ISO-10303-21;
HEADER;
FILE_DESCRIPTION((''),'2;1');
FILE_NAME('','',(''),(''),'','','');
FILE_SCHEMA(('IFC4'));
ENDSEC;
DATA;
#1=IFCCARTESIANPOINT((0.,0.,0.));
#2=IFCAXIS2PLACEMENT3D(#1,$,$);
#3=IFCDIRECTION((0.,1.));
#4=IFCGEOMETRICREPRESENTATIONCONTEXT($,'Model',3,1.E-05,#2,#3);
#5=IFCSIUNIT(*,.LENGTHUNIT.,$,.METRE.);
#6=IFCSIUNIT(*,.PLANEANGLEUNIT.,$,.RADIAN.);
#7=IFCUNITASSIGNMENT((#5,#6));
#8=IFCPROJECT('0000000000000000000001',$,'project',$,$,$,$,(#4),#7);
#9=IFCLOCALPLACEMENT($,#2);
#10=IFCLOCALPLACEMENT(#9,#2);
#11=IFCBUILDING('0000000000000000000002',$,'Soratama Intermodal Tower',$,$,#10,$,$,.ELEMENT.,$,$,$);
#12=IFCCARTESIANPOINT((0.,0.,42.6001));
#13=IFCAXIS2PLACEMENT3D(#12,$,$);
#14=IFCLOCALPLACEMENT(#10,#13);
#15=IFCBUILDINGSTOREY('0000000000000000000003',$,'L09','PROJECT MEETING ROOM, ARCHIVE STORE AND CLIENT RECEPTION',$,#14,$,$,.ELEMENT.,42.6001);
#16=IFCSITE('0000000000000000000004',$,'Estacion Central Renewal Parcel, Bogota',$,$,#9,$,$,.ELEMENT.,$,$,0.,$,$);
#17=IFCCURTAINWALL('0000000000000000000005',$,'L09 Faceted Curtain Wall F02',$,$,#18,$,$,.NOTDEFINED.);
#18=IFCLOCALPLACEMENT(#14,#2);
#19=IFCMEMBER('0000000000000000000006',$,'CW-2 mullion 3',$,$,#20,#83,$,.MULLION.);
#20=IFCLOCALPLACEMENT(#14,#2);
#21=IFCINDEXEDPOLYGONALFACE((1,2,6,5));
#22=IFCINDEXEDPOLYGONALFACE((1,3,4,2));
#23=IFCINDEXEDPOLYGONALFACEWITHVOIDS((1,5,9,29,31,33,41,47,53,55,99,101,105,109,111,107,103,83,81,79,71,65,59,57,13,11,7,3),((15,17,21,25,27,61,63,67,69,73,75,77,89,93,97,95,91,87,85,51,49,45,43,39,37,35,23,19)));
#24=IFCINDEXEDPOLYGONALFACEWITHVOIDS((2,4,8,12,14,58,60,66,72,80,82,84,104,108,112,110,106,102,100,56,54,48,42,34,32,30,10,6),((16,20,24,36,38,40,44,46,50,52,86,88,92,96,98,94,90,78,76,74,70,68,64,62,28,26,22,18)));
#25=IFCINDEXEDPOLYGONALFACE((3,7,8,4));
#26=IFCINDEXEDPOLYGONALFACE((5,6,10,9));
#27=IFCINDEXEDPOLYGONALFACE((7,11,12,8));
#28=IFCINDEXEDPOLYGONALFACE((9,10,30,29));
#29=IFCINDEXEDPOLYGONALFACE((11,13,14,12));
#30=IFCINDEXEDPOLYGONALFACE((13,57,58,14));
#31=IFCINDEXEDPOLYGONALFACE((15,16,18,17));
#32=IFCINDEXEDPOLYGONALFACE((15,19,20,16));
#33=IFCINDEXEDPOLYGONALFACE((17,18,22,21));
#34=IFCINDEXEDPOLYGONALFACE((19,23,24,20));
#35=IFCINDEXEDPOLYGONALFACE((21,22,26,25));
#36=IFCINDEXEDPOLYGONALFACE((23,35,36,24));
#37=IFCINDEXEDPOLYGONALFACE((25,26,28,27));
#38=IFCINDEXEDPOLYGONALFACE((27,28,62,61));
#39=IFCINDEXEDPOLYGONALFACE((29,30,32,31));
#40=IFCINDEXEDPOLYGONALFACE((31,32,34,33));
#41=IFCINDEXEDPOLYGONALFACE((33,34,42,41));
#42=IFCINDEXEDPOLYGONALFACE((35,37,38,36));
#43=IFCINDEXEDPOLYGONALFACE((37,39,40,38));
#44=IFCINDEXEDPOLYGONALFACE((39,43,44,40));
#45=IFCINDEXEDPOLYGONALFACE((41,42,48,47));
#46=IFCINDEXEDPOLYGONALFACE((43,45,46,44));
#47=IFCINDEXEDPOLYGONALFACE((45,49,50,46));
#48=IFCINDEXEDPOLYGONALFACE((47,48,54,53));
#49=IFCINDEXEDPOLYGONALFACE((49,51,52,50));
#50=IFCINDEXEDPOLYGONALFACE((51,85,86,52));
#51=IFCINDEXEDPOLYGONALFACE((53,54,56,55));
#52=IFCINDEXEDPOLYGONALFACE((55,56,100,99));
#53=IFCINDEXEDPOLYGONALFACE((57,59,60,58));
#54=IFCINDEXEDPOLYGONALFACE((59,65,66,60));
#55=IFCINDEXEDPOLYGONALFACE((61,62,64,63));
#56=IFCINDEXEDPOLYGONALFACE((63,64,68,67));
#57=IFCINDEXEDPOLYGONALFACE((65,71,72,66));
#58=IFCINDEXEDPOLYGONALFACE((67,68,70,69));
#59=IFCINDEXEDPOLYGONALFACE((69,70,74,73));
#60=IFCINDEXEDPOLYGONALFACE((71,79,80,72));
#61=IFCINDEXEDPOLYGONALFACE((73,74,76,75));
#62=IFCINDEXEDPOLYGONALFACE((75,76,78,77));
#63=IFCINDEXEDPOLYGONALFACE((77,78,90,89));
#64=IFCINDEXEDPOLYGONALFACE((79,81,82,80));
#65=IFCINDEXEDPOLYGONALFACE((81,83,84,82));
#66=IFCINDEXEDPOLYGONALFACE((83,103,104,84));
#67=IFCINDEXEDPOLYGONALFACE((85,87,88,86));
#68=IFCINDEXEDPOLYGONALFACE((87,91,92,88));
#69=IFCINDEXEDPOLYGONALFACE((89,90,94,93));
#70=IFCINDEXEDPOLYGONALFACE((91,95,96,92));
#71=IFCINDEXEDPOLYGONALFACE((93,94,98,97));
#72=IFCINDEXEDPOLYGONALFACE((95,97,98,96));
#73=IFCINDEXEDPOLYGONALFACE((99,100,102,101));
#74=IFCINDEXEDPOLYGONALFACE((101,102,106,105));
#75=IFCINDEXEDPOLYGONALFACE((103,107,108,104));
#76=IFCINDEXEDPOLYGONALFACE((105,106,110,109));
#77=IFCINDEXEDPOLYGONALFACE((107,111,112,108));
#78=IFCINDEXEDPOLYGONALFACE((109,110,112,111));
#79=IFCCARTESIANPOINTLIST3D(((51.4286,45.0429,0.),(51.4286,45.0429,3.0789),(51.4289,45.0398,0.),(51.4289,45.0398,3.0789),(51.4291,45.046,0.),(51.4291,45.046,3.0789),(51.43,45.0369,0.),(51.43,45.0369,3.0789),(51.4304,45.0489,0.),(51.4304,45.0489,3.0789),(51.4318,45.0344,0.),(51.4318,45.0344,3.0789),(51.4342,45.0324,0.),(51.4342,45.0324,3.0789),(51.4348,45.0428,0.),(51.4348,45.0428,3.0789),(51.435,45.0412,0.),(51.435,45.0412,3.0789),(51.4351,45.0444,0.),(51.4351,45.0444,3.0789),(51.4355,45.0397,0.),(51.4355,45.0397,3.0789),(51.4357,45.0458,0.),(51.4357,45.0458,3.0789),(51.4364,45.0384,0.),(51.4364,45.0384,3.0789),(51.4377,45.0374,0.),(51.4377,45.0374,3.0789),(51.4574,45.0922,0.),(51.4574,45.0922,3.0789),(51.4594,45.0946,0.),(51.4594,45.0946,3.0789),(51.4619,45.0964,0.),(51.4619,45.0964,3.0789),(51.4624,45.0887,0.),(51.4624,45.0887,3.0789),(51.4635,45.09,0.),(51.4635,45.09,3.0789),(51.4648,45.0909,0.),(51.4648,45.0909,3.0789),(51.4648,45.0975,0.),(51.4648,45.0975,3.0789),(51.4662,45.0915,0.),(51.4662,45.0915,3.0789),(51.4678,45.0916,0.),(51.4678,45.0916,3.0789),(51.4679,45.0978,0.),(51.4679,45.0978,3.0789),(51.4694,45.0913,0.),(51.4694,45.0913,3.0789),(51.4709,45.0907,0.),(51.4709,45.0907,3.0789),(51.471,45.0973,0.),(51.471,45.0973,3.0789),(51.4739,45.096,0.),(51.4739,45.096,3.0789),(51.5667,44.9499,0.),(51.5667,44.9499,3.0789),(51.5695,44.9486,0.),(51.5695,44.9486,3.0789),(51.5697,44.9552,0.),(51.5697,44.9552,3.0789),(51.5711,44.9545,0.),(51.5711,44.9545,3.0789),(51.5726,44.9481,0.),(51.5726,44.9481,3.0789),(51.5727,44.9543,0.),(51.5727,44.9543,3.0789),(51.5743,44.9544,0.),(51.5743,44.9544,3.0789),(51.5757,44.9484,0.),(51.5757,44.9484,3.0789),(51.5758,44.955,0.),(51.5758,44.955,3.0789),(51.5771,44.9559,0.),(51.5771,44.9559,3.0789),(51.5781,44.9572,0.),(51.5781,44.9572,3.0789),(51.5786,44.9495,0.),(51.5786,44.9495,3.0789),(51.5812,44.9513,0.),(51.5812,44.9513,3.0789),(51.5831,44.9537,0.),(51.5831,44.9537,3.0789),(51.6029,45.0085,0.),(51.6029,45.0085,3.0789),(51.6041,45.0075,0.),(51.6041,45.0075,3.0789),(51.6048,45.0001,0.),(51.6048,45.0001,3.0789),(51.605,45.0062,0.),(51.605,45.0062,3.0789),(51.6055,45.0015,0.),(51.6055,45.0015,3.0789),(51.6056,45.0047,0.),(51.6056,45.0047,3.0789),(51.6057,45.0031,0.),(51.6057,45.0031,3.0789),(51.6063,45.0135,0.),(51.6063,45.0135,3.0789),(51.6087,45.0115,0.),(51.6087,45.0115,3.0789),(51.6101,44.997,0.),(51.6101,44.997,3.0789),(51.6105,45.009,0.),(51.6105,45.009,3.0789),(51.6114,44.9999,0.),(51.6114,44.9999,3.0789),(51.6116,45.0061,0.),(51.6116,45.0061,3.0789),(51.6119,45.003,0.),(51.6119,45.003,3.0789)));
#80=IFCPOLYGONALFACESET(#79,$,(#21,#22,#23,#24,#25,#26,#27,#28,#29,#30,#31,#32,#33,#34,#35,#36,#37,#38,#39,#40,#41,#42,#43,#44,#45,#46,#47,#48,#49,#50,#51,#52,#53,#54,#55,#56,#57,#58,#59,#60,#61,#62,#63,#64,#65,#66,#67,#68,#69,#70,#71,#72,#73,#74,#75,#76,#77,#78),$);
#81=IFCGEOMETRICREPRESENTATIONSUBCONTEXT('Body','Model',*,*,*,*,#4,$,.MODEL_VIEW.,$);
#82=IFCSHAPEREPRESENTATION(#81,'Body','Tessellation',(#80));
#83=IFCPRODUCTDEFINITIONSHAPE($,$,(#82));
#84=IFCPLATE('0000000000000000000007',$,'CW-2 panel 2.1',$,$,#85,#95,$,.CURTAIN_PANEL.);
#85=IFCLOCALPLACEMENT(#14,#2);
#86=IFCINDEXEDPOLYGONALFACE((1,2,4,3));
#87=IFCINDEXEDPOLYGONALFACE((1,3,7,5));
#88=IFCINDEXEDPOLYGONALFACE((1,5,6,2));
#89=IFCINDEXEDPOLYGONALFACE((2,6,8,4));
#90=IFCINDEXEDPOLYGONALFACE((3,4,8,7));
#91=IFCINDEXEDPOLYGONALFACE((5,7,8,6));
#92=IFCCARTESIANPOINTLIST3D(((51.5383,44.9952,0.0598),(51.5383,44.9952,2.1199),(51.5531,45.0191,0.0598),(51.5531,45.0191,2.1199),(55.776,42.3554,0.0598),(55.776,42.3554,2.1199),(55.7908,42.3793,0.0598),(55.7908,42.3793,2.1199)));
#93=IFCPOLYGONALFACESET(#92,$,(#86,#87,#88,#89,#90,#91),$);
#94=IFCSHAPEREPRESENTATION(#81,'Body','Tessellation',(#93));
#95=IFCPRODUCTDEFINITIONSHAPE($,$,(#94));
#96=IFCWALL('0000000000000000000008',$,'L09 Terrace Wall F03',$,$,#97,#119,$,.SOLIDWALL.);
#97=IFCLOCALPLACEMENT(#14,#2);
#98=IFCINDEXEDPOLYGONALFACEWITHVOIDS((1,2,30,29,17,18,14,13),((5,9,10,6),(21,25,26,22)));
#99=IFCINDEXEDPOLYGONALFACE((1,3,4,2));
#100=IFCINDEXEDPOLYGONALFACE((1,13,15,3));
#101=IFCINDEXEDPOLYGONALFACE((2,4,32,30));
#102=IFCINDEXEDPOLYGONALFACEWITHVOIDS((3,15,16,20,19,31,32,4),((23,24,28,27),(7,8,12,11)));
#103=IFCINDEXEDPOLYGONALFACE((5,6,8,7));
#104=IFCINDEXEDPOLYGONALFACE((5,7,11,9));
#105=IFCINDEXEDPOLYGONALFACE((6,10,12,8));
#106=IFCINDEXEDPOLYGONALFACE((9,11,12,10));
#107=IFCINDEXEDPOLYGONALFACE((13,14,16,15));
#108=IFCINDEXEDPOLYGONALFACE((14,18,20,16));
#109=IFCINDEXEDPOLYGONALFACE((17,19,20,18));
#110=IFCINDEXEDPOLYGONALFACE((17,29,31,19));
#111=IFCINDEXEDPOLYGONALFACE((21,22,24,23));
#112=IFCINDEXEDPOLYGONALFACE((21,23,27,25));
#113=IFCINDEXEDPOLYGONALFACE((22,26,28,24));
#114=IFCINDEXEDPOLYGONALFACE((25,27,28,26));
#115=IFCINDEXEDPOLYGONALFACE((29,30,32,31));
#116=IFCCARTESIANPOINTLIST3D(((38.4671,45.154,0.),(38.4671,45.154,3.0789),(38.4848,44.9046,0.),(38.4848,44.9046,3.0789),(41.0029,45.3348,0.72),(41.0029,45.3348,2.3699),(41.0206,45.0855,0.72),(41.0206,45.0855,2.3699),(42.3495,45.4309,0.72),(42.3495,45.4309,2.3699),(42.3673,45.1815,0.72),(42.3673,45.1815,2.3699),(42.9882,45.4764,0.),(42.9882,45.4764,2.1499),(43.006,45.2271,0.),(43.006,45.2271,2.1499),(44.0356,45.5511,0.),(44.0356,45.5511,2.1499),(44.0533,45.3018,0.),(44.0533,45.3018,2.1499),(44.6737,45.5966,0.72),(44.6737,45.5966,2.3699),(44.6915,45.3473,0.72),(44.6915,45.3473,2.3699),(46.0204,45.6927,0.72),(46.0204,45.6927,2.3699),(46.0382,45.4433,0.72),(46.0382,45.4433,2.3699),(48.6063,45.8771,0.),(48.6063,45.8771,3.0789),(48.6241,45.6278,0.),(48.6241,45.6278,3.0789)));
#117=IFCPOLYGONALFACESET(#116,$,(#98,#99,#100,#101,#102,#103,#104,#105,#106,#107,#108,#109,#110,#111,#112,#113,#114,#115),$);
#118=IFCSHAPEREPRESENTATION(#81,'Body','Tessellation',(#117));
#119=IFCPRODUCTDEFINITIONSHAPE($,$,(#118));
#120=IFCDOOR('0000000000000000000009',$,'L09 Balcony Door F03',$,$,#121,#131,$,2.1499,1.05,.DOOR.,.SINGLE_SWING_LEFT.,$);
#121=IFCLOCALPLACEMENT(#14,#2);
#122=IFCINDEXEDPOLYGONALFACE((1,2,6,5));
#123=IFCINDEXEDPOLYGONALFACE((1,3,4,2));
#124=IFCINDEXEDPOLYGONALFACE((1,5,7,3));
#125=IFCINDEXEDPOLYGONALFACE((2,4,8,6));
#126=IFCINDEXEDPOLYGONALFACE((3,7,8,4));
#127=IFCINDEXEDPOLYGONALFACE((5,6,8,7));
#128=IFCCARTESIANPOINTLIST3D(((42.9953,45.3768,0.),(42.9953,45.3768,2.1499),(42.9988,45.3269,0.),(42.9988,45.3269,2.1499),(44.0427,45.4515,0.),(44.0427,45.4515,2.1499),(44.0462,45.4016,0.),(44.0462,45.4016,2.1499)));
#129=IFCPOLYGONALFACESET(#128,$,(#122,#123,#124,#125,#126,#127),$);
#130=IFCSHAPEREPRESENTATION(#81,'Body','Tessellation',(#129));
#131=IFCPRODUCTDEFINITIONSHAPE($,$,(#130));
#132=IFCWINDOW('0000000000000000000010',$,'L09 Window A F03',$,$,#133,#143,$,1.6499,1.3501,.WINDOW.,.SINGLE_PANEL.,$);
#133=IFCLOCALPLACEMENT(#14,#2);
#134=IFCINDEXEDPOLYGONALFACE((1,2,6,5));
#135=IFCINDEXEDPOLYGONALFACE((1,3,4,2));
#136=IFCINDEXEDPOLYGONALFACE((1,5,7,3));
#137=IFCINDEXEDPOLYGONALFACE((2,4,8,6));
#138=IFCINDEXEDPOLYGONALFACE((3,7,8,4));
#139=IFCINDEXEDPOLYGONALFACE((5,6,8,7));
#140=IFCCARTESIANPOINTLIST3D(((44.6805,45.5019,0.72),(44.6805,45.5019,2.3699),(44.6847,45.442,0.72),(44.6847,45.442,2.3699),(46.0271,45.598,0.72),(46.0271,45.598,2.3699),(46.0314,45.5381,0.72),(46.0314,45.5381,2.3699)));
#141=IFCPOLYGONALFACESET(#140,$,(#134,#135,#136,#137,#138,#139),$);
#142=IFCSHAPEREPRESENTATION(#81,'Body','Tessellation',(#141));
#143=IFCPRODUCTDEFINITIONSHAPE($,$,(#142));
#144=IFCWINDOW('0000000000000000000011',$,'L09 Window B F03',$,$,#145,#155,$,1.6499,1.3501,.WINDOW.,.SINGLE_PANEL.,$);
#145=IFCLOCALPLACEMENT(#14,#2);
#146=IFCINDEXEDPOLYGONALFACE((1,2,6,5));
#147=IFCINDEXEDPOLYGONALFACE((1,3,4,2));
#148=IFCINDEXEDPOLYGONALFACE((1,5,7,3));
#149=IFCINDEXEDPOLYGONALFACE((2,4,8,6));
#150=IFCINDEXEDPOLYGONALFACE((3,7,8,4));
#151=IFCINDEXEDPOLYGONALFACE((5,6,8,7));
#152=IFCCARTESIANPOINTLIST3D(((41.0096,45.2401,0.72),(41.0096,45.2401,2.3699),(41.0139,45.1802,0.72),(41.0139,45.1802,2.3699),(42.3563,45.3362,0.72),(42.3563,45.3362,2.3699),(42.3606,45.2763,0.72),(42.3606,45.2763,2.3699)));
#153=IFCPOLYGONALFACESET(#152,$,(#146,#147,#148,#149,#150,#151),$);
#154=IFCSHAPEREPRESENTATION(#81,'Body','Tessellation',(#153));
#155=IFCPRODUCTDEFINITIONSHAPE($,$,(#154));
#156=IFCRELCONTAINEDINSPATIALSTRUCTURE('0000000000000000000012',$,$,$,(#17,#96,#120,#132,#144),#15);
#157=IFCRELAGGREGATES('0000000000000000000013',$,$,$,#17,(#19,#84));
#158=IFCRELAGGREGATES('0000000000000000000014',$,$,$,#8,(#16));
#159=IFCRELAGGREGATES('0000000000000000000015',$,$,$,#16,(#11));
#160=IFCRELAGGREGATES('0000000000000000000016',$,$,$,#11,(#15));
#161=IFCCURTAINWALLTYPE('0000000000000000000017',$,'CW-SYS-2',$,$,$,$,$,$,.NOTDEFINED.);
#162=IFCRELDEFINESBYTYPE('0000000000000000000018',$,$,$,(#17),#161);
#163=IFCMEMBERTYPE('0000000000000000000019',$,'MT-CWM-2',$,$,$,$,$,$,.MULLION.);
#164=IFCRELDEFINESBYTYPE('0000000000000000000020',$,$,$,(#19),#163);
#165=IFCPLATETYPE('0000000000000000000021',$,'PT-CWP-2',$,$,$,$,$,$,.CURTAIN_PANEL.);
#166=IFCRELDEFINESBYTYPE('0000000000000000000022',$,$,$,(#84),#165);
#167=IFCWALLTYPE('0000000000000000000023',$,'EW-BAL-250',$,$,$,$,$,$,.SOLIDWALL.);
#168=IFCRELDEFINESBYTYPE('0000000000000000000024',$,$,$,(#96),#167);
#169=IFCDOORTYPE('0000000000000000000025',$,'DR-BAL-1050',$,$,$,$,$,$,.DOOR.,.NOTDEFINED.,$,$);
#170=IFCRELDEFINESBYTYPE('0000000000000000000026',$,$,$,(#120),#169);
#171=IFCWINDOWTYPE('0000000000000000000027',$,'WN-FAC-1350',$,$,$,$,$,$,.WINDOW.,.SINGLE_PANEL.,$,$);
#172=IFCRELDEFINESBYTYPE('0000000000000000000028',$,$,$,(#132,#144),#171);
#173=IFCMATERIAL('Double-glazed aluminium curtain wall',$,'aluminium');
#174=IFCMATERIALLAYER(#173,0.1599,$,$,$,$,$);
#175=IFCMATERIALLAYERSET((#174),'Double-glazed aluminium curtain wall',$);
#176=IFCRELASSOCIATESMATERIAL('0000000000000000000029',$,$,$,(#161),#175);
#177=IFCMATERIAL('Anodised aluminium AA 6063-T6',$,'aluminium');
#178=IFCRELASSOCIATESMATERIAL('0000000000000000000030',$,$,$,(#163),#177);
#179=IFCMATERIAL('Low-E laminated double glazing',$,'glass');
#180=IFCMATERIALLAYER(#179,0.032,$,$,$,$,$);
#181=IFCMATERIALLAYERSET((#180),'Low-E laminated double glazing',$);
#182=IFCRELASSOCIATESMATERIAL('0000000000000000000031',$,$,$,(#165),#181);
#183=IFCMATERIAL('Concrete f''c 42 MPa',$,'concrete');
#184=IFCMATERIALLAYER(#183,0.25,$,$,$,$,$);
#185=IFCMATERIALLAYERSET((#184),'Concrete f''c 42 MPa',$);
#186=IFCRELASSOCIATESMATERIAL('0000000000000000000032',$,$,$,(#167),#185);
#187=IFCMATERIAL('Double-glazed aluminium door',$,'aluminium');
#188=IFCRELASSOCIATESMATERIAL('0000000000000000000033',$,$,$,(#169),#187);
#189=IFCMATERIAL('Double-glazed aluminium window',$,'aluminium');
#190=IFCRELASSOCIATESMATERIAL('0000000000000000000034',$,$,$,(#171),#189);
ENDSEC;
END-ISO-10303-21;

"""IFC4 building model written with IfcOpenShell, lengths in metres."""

from ifc_helpers import new_model, si_unit, direction, frame, frame_2d, origin, origin_2d, place, context, subcontext, project, spatial, rectangle, hollow_rectangle, extrude, material, layer, layer_set, material_profile, profile_set, type_object, element, fill, aggregate, save


model = new_model("IFC4")

# Units and contexts
model_context = context("Model", 3, precision=1e-05, world=origin(), true_north=direction((0.0, 1.0)))
body_context = subcontext(model_context, "Body", "Model", "MODEL_VIEW")
ifc_project = project(units=[si_unit("LENGTHUNIT", "METRE"), si_unit("PLANEANGLEUNIT", "RADIAN")], contexts=[model_context])

# Site, building, storey
site_placement = place(None, origin())
site = spatial("IfcSite", under=ifc_project, at=site_placement, Name="Estacion Central Renewal Parcel, Bogota", CompositionType="ELEMENT", RefElevation=0.0)
building_placement = place(site_placement, origin())
building = spatial("IfcBuilding", under=site, at=building_placement, Name="Soratama Intermodal Tower", CompositionType="ELEMENT")
storey_placement = place(building_placement, frame((0.0, 0.0, 42.6001)))
storey = spatial("IfcBuildingStorey", under=building, at=storey_placement, Name="L09", Description="PROJECT MEETING ROOM, ARCHIVE STORE AND CLIENT RECEPTION", CompositionType="ELEMENT", Elevation=42.6001)

# Curtain wall, member, plate
ifc_material_1 = material(Name="Double-glazed aluminium curtain wall", Category="aluminium")
ifc_layer_1 = layer(ifc_material_1, 0.1599)
ifc_layer_set_1 = layer_set([ifc_layer_1], Name="Double-glazed aluminium curtain wall")
curtain_wall_type = type_object("IfcCurtainWallType", Name="CW-SYS-2", PredefinedType="NOTDEFINED", material=ifc_layer_set_1)
curtain_wall_placement = place(storey_placement, origin())
curtain_wall = element("IfcCurtainWall", 1, at=curtain_wall_placement, inside=storey, type_object=curtain_wall_type, Name="L09 Faceted Curtain Wall F02", PredefinedType="NOTDEFINED")
ifc_material_2 = material(Name="Anodised aluminium AA 6063-T6", Category="aluminium")
ifc_material_profile_1 = material_profile(ifc_material_2, hollow_rectangle(XDim=0.075, YDim=0.1799, WallThickness=0.0061, InnerFilletRadius=0.0061, OuterFilletRadius=0.012, at=origin_2d()), Name="CWM180X75X6")
ifc_profile_set_1 = profile_set([ifc_material_profile_1], Name="Anodised aluminium AA 6063-T6")
member_type = type_object("IfcMemberType", Name="MT-CWM-2", PredefinedType="MULLION", material=ifc_profile_set_1)
member_placement = place(storey_placement, frame((51.5203, 45.0229, 0.0), z_axis=(0.0, 0.0, 1.0), x_axis=(-0.528735, -0.848787, 0.0)))
member = element("IfcMember", 2, at=member_placement, type_object=member_type, Name="CW-2 mullion 3", PredefinedType="MULLION", context=body_context, shape_type="SweptSolid", body=[
    extrude(hollow_rectangle(XDim=0.075, YDim=0.1799, WallThickness=0.0061, InnerFilletRadius=0.0061, OuterFilletRadius=0.012, at=origin_2d()), origin(), (0.0, 0.0, 1.0), 3.0789),
])
ifc_material_3 = material(Name="Low-E laminated double glazing", Category="glass")
ifc_layer_2 = layer(ifc_material_3, 0.032)
ifc_layer_set_2 = layer_set([ifc_layer_2], Name="Low-E laminated double glazing")
plate_type = type_object("IfcPlateType", Name="PT-CWP-2", PredefinedType="CURTAIN_PANEL", material=ifc_layer_set_2)
plate_placement = place(storey_placement, frame((53.6646, 43.6873, 0.0598), z_axis=(0.0, 0.0, 1.0), x_axis=(-0.848787, 0.528735, 0.0)))
plate = element("IfcPlate", 3, at=plate_placement, type_object=plate_type, Name="CW-2 panel 2.1", PredefinedType="CURTAIN_PANEL", context=body_context, shape_type="SweptSolid", body=[
    extrude(rectangle(XDim=4.9927, YDim=0.0281, at=origin_2d()), origin(), (0.0, 0.0, 1.0), 2.0601),
])
aggregate(curtain_wall, [member, plate])

# Wall, openings, door, windows
ifc_material_4 = material(Name="Concrete f'c 42 MPa", Category="concrete")
ifc_layer_3 = layer(ifc_material_4, 0.25)
ifc_layer_set_3 = layer_set([ifc_layer_3], Name="Concrete f'c 42 MPa")
wall_type_1 = type_object("IfcWallType", Name="EW-BAL-250", PredefinedType="SOLIDWALL", material=ifc_layer_set_3)
wall_1_placement = place(storey_placement, frame((48.6152, 45.7524, 0.0), z_axis=(0.0, 0.0, 1.0), x_axis=(-0.997466, -0.07114, 0.0)))
wall_1 = element("IfcWall", 4, at=wall_1_placement, inside=storey, type_object=wall_type_1, Name="L09 Terrace Wall F03", PredefinedType="SOLIDWALL", context=body_context, shape_type="SweptSolid", body=[
    extrude(rectangle(XDim=10.165, YDim=0.25, at=frame_2d((5.0825, 0.0))), origin(), (0.0, 0.0, 1.0), 3.0789),
])
opening_1_placement = place(wall_1_placement, frame((4.5825, 0.0, 0.0)))
opening_1 = element("IfcOpeningElement", 5, at=opening_1_placement, cuts=wall_1, PredefinedType="OPENING", context=body_context, shape_type="SweptSolid", body=[
    extrude(rectangle(XDim=1.05, YDim=2.1499, at=frame_2d((0.5249, 1.075))), frame((0.0, 0.135, 0.0), z_axis=(0.0, -1.0, 0.0), x_axis=(1.0, 0.0, 0.0)), (0.0, 0.0, 1.0), 0.27),
])
opening_2_placement = place(wall_1_placement, frame((2.5925, 0.0, 0.72)))
opening_2 = element("IfcOpeningElement", 6, at=opening_2_placement, cuts=wall_1, PredefinedType="OPENING", context=body_context, shape_type="SweptSolid", body=[
    extrude(rectangle(XDim=1.3501, YDim=1.6499, at=frame_2d((0.675, 0.825))), frame((0.0, 0.135, 0.0), z_axis=(0.0, -1.0, 0.0), x_axis=(1.0, 0.0, 0.0)), (0.0, 0.0, 1.0), 0.27),
])
opening_3_placement = place(wall_1_placement, frame((6.2727, 0.0, 0.72)))
opening_3 = element("IfcOpeningElement", 7, at=opening_3_placement, cuts=wall_1, PredefinedType="OPENING", context=body_context, shape_type="SweptSolid", body=[
    extrude(rectangle(XDim=1.3501, YDim=1.6499, at=frame_2d((0.675, 0.825))), frame((0.0, 0.135, 0.0), z_axis=(0.0, -1.0, 0.0), x_axis=(1.0, 0.0, 0.0)), (0.0, 0.0, 1.0), 0.27),
])
ifc_material_5 = material(Name="Double-glazed aluminium door", Category="aluminium")
door_type_1 = type_object("IfcDoorType", Name="DR-BAL-1050", OperationType="NOTDEFINED", PredefinedType="DOOR", material=ifc_material_5)
door_1_placement = place(opening_1_placement, origin())
door_1 = element("IfcDoor", 8, at=door_1_placement, inside=storey, type_object=door_type_1, Name="L09 Balcony Door F03", OperationType="SINGLE_SWING_LEFT", OverallHeight=2.1499, OverallWidth=1.05, PredefinedType="DOOR", context=body_context, shape_type="SweptSolid", body=[
    extrude(rectangle(XDim=1.05, YDim=2.1499, at=frame_2d((0.5249, 1.075))), frame((0.0, 0.0249, 0.0), z_axis=(0.0, -1.0, 0.0), x_axis=(1.0, 0.0, 0.0)), (0.0, 0.0, 1.0), 0.05),
])
fill(opening_1, door_1)
ifc_material_6 = material(Name="Double-glazed aluminium window", Category="aluminium")
window_type_1 = type_object("IfcWindowType", Name="WN-FAC-1350", PartitioningType="SINGLE_PANEL", PredefinedType="WINDOW", material=ifc_material_6)
window_1_placement = place(opening_2_placement, origin())
window_1 = element("IfcWindow", 9, at=window_1_placement, inside=storey, type_object=window_type_1, Name="L09 Window A F03", OverallHeight=1.6499, OverallWidth=1.3501, PartitioningType="SINGLE_PANEL", PredefinedType="WINDOW", context=body_context, shape_type="SweptSolid", body=[
    extrude(rectangle(XDim=1.3501, YDim=1.6499, at=frame_2d((0.675, 0.825))), frame((0.0, 0.03, 0.0), z_axis=(0.0, -1.0, 0.0), x_axis=(1.0, 0.0, 0.0)), (0.0, 0.0, 1.0), 0.0601),
])
fill(opening_2, window_1)
window_2_placement = place(opening_3_placement, origin())
window_2 = element("IfcWindow", 10, at=window_2_placement, inside=storey, type_object=window_type_1, Name="L09 Window B F03", OverallHeight=1.6499, OverallWidth=1.3501, PartitioningType="SINGLE_PANEL", PredefinedType="WINDOW", context=body_context, shape_type="SweptSolid", body=[
    extrude(rectangle(XDim=1.3501, YDim=1.6499, at=frame_2d((0.675, 0.825))), frame((0.0, 0.03, 0.0), z_axis=(0.0, -1.0, 0.0), x_axis=(1.0, 0.0, 0.0)), (0.0, 0.0, 1.0), 0.0601),
])
fill(opening_3, window_2)

save(model, "model.ifc")
